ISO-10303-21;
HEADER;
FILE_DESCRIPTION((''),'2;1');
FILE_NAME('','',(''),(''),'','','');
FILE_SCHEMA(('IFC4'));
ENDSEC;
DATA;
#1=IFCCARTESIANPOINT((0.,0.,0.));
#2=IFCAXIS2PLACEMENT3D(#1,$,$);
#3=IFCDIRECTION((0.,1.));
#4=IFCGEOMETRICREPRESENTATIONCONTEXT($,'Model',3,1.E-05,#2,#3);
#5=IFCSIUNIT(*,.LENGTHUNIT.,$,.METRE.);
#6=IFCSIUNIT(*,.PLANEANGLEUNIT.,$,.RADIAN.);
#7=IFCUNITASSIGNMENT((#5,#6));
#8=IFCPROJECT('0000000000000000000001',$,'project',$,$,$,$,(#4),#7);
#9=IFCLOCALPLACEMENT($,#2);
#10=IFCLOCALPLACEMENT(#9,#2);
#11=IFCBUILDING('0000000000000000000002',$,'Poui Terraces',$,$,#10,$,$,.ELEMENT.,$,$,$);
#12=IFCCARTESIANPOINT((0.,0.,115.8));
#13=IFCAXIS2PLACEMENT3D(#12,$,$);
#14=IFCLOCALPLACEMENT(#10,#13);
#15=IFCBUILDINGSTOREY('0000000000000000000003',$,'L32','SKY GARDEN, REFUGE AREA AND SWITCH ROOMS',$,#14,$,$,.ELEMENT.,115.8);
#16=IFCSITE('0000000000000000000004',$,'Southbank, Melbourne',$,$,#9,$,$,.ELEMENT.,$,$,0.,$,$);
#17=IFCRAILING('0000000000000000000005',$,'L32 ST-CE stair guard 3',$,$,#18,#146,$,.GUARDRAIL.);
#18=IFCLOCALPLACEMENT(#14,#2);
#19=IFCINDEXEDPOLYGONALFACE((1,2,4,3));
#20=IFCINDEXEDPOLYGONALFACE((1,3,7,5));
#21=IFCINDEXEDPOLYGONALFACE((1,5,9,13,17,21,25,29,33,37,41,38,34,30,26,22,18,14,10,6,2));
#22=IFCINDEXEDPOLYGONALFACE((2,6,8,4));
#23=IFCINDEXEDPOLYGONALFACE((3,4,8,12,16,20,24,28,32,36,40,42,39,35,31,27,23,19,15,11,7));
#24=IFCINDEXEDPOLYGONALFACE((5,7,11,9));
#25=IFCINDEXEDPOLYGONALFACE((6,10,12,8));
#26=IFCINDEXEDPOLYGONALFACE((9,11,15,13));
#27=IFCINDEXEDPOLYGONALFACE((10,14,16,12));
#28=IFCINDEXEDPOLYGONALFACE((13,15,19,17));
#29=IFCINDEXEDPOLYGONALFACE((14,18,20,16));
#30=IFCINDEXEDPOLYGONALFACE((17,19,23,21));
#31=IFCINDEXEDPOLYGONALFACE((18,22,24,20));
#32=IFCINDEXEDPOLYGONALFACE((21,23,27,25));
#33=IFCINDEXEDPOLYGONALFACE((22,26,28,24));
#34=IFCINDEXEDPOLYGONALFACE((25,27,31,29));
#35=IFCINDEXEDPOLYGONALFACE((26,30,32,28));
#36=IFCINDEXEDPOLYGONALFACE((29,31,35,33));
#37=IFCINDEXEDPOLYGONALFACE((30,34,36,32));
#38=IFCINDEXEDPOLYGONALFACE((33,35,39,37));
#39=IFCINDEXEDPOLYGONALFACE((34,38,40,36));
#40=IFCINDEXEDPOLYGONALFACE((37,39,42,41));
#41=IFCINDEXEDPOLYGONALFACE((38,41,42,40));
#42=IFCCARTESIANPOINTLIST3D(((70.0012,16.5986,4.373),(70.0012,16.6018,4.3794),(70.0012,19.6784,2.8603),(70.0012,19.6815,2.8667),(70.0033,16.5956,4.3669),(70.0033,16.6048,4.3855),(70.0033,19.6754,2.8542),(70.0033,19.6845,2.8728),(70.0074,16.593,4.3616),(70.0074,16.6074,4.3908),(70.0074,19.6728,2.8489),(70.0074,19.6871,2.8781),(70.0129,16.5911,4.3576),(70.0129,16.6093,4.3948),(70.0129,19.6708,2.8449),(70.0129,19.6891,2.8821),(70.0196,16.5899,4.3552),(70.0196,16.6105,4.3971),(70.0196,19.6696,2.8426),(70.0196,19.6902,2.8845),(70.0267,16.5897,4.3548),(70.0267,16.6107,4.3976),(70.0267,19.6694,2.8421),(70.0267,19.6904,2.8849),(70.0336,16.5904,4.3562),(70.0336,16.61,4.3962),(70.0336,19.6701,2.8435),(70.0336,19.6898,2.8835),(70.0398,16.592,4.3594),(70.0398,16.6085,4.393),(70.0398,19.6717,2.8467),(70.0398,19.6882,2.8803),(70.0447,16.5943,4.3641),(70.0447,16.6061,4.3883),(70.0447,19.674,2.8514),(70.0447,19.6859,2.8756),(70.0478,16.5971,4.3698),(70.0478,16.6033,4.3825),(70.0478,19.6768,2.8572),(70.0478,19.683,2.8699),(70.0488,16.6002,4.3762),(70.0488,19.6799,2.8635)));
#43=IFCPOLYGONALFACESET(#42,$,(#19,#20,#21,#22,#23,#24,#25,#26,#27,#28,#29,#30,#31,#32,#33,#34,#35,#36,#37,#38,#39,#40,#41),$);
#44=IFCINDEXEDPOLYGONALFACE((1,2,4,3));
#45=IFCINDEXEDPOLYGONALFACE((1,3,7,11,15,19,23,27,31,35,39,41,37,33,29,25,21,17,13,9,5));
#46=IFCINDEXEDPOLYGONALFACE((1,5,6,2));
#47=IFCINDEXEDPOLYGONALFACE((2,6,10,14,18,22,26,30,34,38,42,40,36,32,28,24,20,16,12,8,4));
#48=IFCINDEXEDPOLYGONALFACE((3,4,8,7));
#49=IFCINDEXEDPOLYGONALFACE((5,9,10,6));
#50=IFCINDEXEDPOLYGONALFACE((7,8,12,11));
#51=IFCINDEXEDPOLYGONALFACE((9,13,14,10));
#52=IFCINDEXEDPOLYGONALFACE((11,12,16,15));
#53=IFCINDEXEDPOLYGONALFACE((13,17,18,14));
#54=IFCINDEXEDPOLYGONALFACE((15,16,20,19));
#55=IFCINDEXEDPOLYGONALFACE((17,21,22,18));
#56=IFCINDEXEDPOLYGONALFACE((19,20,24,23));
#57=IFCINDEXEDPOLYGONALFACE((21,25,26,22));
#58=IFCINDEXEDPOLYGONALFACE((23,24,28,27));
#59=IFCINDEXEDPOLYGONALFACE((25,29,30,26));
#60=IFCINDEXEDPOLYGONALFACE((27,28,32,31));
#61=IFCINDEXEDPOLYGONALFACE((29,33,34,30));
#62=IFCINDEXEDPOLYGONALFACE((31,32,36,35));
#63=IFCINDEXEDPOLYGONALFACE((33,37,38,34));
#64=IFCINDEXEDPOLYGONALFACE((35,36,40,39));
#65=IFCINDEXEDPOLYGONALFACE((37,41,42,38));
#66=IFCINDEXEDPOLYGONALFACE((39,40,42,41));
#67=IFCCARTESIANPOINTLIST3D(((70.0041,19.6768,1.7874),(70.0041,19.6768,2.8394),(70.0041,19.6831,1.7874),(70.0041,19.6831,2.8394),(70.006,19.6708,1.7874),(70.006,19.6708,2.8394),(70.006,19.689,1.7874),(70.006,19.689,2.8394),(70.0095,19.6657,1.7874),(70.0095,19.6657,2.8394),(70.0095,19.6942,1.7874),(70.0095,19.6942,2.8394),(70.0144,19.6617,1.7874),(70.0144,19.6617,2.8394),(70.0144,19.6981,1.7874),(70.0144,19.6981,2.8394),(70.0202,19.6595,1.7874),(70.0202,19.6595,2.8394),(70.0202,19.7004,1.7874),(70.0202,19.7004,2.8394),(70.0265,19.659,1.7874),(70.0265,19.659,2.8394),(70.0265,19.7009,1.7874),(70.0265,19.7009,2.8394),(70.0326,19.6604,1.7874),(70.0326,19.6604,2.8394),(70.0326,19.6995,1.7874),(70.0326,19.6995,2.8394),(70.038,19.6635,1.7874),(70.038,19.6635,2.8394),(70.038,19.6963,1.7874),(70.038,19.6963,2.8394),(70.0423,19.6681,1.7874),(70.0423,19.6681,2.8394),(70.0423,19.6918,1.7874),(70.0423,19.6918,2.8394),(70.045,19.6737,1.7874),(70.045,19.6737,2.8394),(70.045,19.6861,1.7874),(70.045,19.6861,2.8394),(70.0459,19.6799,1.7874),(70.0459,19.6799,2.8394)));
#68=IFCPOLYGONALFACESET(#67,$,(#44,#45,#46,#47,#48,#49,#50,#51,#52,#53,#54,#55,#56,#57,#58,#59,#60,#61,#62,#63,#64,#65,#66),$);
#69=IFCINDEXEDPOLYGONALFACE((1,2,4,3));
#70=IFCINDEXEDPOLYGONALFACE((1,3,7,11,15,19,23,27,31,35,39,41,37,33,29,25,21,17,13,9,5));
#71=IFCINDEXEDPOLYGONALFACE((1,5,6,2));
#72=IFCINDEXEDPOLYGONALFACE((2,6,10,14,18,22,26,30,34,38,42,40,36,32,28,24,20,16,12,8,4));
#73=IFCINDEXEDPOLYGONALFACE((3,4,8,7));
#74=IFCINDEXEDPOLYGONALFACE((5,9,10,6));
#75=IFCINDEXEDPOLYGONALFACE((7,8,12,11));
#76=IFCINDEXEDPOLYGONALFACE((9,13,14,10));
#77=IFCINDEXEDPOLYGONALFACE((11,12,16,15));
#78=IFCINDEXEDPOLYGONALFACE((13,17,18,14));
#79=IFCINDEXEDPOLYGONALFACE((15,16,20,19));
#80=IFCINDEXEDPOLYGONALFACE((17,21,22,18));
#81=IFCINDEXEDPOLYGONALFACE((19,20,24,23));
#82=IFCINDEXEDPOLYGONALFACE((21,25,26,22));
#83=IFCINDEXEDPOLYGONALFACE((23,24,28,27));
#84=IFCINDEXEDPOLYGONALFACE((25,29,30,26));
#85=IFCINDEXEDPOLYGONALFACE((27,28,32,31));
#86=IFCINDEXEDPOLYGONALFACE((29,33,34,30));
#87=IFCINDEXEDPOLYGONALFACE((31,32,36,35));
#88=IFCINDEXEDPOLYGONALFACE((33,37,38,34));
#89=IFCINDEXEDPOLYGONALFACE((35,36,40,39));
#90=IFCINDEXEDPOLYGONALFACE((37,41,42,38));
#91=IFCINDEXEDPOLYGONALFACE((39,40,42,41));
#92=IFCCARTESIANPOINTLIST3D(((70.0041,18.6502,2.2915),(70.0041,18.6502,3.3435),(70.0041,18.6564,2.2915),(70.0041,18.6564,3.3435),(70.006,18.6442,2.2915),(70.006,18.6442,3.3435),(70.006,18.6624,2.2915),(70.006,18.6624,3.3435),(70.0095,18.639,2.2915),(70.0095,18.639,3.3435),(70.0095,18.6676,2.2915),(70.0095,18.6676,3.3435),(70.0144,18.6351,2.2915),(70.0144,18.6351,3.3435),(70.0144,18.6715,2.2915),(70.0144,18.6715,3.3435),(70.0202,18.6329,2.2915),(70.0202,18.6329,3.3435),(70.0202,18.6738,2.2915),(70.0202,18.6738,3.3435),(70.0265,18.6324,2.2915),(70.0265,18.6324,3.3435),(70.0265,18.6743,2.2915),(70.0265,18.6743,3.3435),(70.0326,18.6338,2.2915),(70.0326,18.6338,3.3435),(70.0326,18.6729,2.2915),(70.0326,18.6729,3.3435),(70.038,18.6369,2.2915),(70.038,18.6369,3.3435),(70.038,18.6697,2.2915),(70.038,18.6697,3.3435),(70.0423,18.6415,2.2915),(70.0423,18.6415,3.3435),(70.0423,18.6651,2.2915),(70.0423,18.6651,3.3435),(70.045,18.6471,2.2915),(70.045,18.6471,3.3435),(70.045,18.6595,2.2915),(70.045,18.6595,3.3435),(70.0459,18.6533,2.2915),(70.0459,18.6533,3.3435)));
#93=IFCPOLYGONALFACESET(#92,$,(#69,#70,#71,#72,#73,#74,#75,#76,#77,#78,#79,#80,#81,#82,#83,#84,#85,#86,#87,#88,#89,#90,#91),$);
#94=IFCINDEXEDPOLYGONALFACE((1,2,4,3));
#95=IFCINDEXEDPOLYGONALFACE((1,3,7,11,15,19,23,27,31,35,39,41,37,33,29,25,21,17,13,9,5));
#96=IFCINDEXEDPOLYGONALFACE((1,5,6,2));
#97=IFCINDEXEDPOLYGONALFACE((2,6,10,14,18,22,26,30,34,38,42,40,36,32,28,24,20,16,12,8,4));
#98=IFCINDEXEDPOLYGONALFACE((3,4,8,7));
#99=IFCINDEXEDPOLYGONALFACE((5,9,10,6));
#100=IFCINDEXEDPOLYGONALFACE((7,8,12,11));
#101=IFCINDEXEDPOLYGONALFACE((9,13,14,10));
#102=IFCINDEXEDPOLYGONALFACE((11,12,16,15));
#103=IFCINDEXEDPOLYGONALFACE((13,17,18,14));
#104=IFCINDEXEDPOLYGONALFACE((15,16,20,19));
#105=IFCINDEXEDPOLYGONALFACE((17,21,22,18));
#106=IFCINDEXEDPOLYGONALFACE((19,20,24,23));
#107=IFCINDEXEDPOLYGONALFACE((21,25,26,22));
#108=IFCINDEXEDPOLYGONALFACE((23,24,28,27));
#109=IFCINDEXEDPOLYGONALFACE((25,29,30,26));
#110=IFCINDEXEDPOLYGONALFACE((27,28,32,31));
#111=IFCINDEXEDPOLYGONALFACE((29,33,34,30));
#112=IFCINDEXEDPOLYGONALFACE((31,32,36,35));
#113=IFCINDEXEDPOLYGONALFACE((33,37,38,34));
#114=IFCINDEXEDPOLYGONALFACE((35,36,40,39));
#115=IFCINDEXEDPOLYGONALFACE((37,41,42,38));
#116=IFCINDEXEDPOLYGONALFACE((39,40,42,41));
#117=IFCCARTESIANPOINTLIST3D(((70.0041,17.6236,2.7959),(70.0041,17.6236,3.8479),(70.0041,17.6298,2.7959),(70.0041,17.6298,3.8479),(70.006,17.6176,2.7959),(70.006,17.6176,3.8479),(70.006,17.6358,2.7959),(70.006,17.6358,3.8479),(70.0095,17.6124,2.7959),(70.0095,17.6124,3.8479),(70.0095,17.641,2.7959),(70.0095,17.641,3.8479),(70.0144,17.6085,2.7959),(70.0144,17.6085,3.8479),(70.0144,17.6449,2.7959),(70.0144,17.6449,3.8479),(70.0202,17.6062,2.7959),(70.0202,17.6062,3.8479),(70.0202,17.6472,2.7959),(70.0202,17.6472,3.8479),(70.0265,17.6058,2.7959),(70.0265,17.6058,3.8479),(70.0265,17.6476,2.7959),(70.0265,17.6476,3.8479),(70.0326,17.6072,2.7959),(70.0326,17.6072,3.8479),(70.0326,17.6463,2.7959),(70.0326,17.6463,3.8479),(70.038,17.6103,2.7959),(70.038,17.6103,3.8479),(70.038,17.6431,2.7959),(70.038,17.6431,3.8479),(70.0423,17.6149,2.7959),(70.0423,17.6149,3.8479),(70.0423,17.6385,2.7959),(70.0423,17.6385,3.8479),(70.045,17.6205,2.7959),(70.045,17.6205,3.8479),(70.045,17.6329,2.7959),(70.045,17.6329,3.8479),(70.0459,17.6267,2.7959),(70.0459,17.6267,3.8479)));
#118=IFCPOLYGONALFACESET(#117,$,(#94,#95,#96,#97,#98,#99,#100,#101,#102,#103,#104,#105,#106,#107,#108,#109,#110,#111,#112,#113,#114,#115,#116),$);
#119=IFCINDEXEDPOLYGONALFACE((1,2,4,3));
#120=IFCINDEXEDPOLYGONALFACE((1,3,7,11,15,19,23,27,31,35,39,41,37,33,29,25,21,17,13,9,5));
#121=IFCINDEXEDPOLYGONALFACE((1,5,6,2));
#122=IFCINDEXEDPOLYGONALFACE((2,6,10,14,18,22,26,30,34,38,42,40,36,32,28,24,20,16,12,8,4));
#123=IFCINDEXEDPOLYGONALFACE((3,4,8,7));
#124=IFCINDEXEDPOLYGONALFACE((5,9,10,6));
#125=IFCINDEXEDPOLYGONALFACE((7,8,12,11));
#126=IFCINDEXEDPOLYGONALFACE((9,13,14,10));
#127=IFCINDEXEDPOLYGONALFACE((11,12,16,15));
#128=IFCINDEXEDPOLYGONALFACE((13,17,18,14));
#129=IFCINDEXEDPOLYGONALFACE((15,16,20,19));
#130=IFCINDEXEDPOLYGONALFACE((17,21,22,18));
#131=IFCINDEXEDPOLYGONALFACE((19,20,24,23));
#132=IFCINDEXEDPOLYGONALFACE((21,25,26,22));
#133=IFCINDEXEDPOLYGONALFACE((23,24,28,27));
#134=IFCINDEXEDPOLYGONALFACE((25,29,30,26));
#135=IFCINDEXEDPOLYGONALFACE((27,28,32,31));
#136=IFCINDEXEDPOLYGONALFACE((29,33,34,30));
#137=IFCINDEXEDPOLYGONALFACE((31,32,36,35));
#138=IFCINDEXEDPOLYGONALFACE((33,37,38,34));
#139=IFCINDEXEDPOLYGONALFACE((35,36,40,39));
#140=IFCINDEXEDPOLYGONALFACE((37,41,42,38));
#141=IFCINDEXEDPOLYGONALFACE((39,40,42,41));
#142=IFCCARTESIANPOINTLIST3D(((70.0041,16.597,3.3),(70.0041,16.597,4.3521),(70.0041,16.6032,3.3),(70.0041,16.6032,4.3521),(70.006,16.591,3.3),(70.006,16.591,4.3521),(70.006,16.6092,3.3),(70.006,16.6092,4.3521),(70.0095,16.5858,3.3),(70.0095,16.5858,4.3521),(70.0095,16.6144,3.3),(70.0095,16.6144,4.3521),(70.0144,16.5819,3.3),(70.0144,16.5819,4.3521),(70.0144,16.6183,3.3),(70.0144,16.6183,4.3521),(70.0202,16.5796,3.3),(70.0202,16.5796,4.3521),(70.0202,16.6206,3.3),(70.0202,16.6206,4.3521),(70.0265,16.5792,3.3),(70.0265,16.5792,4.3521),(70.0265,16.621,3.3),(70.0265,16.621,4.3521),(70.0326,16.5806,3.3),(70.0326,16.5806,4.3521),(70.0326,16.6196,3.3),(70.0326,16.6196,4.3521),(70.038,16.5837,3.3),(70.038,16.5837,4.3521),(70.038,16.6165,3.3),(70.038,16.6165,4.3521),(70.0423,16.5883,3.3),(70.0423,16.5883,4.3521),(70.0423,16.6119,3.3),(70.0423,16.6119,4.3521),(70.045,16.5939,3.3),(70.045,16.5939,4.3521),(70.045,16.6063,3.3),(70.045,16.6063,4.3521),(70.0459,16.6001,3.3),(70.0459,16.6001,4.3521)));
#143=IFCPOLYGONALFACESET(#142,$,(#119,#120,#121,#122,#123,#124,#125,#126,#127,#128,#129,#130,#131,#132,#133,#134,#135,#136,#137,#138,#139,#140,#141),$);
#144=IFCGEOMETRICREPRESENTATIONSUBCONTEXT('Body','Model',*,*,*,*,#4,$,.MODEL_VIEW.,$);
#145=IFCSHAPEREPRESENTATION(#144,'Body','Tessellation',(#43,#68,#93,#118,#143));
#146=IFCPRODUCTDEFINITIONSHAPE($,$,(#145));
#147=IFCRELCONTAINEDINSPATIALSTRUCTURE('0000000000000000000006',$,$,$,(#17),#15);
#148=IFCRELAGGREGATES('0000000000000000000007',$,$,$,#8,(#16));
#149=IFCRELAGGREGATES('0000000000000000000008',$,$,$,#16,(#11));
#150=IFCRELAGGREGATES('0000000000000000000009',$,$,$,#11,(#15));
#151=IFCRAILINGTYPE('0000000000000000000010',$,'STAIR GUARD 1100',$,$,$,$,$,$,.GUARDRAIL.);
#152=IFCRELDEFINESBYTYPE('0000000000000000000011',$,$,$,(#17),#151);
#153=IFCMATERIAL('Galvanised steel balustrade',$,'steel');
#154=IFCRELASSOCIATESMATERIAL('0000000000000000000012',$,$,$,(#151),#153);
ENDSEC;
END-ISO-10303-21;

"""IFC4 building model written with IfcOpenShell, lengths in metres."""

from ifc_helpers import new_model, si_unit, direction, frame, origin, origin_2d, place, context, subcontext, project, spatial, circle, extrude, material, type_object, element, save


model = new_model("IFC4")

# Units and contexts
model_context = context("Model", 3, precision=1e-05, world=origin(), true_north=direction((0.0, 1.0)))
body_context = subcontext(model_context, "Body", "Model", "MODEL_VIEW")
ifc_project = project(units=[si_unit("LENGTHUNIT", "METRE"), si_unit("PLANEANGLEUNIT", "RADIAN")], contexts=[model_context])

# Site, building, storey
site_placement = place(None, origin())
site = spatial("IfcSite", under=ifc_project, at=site_placement, Name="Southbank, Melbourne", CompositionType="ELEMENT", RefElevation=0.0)
building_placement = place(site_placement, origin())
building = spatial("IfcBuilding", under=site, at=building_placement, Name="Poui Terraces", CompositionType="ELEMENT")
storey_placement = place(building_placement, frame((0.0, 0.0, 115.8)))
storey = spatial("IfcBuildingStorey", under=building, at=storey_placement, Name="L32", Description="SKY GARDEN, REFUGE AREA AND SWITCH ROOMS", CompositionType="ELEMENT", Elevation=115.8)

# Railing
ifc_material_1 = material(Name="Galvanised steel balustrade", Category="steel")
railing_type_1 = type_object("IfcRailingType", Name="STAIR GUARD 1100", PredefinedType="GUARDRAIL", material=ifc_material_1)
railing_1_placement = place(storey_placement, frame((70.0249, 19.6799, 1.7874)))
element("IfcRailing", 1, at=railing_1_placement, inside=storey, type_object=railing_type_1, Name="L32 ST-CE stair guard 3", PredefinedType="GUARDRAIL", context=body_context, shape_type="SweptSolid", body=[
    extrude(circle(Radius=0.0239, at=origin_2d()), frame((0.0, 0.0, 1.0762), z_axis=(0.0, -0.897578, 0.440856), x_axis=(1.0, 0.0, 0.0)), (0.0, 0.0, 1.0), 3.4312),
    extrude(circle(Radius=0.021, at=origin_2d()), origin(), (0.0, 0.0, 1.0), 1.052),
    extrude(circle(Radius=0.021, at=origin_2d()), frame((0.0, -1.0266, 0.5042)), (0.0, 0.0, 1.0), 1.052),
    extrude(circle(Radius=0.021, at=origin_2d()), frame((0.0, -2.0532, 1.0085)), (0.0, 0.0, 1.0), 1.052),
    extrude(circle(Radius=0.021, at=origin_2d()), frame((0.0, -3.0798, 1.5127)), (0.0, 0.0, 1.0), 1.052),
])

save(model, "model.ifc")
